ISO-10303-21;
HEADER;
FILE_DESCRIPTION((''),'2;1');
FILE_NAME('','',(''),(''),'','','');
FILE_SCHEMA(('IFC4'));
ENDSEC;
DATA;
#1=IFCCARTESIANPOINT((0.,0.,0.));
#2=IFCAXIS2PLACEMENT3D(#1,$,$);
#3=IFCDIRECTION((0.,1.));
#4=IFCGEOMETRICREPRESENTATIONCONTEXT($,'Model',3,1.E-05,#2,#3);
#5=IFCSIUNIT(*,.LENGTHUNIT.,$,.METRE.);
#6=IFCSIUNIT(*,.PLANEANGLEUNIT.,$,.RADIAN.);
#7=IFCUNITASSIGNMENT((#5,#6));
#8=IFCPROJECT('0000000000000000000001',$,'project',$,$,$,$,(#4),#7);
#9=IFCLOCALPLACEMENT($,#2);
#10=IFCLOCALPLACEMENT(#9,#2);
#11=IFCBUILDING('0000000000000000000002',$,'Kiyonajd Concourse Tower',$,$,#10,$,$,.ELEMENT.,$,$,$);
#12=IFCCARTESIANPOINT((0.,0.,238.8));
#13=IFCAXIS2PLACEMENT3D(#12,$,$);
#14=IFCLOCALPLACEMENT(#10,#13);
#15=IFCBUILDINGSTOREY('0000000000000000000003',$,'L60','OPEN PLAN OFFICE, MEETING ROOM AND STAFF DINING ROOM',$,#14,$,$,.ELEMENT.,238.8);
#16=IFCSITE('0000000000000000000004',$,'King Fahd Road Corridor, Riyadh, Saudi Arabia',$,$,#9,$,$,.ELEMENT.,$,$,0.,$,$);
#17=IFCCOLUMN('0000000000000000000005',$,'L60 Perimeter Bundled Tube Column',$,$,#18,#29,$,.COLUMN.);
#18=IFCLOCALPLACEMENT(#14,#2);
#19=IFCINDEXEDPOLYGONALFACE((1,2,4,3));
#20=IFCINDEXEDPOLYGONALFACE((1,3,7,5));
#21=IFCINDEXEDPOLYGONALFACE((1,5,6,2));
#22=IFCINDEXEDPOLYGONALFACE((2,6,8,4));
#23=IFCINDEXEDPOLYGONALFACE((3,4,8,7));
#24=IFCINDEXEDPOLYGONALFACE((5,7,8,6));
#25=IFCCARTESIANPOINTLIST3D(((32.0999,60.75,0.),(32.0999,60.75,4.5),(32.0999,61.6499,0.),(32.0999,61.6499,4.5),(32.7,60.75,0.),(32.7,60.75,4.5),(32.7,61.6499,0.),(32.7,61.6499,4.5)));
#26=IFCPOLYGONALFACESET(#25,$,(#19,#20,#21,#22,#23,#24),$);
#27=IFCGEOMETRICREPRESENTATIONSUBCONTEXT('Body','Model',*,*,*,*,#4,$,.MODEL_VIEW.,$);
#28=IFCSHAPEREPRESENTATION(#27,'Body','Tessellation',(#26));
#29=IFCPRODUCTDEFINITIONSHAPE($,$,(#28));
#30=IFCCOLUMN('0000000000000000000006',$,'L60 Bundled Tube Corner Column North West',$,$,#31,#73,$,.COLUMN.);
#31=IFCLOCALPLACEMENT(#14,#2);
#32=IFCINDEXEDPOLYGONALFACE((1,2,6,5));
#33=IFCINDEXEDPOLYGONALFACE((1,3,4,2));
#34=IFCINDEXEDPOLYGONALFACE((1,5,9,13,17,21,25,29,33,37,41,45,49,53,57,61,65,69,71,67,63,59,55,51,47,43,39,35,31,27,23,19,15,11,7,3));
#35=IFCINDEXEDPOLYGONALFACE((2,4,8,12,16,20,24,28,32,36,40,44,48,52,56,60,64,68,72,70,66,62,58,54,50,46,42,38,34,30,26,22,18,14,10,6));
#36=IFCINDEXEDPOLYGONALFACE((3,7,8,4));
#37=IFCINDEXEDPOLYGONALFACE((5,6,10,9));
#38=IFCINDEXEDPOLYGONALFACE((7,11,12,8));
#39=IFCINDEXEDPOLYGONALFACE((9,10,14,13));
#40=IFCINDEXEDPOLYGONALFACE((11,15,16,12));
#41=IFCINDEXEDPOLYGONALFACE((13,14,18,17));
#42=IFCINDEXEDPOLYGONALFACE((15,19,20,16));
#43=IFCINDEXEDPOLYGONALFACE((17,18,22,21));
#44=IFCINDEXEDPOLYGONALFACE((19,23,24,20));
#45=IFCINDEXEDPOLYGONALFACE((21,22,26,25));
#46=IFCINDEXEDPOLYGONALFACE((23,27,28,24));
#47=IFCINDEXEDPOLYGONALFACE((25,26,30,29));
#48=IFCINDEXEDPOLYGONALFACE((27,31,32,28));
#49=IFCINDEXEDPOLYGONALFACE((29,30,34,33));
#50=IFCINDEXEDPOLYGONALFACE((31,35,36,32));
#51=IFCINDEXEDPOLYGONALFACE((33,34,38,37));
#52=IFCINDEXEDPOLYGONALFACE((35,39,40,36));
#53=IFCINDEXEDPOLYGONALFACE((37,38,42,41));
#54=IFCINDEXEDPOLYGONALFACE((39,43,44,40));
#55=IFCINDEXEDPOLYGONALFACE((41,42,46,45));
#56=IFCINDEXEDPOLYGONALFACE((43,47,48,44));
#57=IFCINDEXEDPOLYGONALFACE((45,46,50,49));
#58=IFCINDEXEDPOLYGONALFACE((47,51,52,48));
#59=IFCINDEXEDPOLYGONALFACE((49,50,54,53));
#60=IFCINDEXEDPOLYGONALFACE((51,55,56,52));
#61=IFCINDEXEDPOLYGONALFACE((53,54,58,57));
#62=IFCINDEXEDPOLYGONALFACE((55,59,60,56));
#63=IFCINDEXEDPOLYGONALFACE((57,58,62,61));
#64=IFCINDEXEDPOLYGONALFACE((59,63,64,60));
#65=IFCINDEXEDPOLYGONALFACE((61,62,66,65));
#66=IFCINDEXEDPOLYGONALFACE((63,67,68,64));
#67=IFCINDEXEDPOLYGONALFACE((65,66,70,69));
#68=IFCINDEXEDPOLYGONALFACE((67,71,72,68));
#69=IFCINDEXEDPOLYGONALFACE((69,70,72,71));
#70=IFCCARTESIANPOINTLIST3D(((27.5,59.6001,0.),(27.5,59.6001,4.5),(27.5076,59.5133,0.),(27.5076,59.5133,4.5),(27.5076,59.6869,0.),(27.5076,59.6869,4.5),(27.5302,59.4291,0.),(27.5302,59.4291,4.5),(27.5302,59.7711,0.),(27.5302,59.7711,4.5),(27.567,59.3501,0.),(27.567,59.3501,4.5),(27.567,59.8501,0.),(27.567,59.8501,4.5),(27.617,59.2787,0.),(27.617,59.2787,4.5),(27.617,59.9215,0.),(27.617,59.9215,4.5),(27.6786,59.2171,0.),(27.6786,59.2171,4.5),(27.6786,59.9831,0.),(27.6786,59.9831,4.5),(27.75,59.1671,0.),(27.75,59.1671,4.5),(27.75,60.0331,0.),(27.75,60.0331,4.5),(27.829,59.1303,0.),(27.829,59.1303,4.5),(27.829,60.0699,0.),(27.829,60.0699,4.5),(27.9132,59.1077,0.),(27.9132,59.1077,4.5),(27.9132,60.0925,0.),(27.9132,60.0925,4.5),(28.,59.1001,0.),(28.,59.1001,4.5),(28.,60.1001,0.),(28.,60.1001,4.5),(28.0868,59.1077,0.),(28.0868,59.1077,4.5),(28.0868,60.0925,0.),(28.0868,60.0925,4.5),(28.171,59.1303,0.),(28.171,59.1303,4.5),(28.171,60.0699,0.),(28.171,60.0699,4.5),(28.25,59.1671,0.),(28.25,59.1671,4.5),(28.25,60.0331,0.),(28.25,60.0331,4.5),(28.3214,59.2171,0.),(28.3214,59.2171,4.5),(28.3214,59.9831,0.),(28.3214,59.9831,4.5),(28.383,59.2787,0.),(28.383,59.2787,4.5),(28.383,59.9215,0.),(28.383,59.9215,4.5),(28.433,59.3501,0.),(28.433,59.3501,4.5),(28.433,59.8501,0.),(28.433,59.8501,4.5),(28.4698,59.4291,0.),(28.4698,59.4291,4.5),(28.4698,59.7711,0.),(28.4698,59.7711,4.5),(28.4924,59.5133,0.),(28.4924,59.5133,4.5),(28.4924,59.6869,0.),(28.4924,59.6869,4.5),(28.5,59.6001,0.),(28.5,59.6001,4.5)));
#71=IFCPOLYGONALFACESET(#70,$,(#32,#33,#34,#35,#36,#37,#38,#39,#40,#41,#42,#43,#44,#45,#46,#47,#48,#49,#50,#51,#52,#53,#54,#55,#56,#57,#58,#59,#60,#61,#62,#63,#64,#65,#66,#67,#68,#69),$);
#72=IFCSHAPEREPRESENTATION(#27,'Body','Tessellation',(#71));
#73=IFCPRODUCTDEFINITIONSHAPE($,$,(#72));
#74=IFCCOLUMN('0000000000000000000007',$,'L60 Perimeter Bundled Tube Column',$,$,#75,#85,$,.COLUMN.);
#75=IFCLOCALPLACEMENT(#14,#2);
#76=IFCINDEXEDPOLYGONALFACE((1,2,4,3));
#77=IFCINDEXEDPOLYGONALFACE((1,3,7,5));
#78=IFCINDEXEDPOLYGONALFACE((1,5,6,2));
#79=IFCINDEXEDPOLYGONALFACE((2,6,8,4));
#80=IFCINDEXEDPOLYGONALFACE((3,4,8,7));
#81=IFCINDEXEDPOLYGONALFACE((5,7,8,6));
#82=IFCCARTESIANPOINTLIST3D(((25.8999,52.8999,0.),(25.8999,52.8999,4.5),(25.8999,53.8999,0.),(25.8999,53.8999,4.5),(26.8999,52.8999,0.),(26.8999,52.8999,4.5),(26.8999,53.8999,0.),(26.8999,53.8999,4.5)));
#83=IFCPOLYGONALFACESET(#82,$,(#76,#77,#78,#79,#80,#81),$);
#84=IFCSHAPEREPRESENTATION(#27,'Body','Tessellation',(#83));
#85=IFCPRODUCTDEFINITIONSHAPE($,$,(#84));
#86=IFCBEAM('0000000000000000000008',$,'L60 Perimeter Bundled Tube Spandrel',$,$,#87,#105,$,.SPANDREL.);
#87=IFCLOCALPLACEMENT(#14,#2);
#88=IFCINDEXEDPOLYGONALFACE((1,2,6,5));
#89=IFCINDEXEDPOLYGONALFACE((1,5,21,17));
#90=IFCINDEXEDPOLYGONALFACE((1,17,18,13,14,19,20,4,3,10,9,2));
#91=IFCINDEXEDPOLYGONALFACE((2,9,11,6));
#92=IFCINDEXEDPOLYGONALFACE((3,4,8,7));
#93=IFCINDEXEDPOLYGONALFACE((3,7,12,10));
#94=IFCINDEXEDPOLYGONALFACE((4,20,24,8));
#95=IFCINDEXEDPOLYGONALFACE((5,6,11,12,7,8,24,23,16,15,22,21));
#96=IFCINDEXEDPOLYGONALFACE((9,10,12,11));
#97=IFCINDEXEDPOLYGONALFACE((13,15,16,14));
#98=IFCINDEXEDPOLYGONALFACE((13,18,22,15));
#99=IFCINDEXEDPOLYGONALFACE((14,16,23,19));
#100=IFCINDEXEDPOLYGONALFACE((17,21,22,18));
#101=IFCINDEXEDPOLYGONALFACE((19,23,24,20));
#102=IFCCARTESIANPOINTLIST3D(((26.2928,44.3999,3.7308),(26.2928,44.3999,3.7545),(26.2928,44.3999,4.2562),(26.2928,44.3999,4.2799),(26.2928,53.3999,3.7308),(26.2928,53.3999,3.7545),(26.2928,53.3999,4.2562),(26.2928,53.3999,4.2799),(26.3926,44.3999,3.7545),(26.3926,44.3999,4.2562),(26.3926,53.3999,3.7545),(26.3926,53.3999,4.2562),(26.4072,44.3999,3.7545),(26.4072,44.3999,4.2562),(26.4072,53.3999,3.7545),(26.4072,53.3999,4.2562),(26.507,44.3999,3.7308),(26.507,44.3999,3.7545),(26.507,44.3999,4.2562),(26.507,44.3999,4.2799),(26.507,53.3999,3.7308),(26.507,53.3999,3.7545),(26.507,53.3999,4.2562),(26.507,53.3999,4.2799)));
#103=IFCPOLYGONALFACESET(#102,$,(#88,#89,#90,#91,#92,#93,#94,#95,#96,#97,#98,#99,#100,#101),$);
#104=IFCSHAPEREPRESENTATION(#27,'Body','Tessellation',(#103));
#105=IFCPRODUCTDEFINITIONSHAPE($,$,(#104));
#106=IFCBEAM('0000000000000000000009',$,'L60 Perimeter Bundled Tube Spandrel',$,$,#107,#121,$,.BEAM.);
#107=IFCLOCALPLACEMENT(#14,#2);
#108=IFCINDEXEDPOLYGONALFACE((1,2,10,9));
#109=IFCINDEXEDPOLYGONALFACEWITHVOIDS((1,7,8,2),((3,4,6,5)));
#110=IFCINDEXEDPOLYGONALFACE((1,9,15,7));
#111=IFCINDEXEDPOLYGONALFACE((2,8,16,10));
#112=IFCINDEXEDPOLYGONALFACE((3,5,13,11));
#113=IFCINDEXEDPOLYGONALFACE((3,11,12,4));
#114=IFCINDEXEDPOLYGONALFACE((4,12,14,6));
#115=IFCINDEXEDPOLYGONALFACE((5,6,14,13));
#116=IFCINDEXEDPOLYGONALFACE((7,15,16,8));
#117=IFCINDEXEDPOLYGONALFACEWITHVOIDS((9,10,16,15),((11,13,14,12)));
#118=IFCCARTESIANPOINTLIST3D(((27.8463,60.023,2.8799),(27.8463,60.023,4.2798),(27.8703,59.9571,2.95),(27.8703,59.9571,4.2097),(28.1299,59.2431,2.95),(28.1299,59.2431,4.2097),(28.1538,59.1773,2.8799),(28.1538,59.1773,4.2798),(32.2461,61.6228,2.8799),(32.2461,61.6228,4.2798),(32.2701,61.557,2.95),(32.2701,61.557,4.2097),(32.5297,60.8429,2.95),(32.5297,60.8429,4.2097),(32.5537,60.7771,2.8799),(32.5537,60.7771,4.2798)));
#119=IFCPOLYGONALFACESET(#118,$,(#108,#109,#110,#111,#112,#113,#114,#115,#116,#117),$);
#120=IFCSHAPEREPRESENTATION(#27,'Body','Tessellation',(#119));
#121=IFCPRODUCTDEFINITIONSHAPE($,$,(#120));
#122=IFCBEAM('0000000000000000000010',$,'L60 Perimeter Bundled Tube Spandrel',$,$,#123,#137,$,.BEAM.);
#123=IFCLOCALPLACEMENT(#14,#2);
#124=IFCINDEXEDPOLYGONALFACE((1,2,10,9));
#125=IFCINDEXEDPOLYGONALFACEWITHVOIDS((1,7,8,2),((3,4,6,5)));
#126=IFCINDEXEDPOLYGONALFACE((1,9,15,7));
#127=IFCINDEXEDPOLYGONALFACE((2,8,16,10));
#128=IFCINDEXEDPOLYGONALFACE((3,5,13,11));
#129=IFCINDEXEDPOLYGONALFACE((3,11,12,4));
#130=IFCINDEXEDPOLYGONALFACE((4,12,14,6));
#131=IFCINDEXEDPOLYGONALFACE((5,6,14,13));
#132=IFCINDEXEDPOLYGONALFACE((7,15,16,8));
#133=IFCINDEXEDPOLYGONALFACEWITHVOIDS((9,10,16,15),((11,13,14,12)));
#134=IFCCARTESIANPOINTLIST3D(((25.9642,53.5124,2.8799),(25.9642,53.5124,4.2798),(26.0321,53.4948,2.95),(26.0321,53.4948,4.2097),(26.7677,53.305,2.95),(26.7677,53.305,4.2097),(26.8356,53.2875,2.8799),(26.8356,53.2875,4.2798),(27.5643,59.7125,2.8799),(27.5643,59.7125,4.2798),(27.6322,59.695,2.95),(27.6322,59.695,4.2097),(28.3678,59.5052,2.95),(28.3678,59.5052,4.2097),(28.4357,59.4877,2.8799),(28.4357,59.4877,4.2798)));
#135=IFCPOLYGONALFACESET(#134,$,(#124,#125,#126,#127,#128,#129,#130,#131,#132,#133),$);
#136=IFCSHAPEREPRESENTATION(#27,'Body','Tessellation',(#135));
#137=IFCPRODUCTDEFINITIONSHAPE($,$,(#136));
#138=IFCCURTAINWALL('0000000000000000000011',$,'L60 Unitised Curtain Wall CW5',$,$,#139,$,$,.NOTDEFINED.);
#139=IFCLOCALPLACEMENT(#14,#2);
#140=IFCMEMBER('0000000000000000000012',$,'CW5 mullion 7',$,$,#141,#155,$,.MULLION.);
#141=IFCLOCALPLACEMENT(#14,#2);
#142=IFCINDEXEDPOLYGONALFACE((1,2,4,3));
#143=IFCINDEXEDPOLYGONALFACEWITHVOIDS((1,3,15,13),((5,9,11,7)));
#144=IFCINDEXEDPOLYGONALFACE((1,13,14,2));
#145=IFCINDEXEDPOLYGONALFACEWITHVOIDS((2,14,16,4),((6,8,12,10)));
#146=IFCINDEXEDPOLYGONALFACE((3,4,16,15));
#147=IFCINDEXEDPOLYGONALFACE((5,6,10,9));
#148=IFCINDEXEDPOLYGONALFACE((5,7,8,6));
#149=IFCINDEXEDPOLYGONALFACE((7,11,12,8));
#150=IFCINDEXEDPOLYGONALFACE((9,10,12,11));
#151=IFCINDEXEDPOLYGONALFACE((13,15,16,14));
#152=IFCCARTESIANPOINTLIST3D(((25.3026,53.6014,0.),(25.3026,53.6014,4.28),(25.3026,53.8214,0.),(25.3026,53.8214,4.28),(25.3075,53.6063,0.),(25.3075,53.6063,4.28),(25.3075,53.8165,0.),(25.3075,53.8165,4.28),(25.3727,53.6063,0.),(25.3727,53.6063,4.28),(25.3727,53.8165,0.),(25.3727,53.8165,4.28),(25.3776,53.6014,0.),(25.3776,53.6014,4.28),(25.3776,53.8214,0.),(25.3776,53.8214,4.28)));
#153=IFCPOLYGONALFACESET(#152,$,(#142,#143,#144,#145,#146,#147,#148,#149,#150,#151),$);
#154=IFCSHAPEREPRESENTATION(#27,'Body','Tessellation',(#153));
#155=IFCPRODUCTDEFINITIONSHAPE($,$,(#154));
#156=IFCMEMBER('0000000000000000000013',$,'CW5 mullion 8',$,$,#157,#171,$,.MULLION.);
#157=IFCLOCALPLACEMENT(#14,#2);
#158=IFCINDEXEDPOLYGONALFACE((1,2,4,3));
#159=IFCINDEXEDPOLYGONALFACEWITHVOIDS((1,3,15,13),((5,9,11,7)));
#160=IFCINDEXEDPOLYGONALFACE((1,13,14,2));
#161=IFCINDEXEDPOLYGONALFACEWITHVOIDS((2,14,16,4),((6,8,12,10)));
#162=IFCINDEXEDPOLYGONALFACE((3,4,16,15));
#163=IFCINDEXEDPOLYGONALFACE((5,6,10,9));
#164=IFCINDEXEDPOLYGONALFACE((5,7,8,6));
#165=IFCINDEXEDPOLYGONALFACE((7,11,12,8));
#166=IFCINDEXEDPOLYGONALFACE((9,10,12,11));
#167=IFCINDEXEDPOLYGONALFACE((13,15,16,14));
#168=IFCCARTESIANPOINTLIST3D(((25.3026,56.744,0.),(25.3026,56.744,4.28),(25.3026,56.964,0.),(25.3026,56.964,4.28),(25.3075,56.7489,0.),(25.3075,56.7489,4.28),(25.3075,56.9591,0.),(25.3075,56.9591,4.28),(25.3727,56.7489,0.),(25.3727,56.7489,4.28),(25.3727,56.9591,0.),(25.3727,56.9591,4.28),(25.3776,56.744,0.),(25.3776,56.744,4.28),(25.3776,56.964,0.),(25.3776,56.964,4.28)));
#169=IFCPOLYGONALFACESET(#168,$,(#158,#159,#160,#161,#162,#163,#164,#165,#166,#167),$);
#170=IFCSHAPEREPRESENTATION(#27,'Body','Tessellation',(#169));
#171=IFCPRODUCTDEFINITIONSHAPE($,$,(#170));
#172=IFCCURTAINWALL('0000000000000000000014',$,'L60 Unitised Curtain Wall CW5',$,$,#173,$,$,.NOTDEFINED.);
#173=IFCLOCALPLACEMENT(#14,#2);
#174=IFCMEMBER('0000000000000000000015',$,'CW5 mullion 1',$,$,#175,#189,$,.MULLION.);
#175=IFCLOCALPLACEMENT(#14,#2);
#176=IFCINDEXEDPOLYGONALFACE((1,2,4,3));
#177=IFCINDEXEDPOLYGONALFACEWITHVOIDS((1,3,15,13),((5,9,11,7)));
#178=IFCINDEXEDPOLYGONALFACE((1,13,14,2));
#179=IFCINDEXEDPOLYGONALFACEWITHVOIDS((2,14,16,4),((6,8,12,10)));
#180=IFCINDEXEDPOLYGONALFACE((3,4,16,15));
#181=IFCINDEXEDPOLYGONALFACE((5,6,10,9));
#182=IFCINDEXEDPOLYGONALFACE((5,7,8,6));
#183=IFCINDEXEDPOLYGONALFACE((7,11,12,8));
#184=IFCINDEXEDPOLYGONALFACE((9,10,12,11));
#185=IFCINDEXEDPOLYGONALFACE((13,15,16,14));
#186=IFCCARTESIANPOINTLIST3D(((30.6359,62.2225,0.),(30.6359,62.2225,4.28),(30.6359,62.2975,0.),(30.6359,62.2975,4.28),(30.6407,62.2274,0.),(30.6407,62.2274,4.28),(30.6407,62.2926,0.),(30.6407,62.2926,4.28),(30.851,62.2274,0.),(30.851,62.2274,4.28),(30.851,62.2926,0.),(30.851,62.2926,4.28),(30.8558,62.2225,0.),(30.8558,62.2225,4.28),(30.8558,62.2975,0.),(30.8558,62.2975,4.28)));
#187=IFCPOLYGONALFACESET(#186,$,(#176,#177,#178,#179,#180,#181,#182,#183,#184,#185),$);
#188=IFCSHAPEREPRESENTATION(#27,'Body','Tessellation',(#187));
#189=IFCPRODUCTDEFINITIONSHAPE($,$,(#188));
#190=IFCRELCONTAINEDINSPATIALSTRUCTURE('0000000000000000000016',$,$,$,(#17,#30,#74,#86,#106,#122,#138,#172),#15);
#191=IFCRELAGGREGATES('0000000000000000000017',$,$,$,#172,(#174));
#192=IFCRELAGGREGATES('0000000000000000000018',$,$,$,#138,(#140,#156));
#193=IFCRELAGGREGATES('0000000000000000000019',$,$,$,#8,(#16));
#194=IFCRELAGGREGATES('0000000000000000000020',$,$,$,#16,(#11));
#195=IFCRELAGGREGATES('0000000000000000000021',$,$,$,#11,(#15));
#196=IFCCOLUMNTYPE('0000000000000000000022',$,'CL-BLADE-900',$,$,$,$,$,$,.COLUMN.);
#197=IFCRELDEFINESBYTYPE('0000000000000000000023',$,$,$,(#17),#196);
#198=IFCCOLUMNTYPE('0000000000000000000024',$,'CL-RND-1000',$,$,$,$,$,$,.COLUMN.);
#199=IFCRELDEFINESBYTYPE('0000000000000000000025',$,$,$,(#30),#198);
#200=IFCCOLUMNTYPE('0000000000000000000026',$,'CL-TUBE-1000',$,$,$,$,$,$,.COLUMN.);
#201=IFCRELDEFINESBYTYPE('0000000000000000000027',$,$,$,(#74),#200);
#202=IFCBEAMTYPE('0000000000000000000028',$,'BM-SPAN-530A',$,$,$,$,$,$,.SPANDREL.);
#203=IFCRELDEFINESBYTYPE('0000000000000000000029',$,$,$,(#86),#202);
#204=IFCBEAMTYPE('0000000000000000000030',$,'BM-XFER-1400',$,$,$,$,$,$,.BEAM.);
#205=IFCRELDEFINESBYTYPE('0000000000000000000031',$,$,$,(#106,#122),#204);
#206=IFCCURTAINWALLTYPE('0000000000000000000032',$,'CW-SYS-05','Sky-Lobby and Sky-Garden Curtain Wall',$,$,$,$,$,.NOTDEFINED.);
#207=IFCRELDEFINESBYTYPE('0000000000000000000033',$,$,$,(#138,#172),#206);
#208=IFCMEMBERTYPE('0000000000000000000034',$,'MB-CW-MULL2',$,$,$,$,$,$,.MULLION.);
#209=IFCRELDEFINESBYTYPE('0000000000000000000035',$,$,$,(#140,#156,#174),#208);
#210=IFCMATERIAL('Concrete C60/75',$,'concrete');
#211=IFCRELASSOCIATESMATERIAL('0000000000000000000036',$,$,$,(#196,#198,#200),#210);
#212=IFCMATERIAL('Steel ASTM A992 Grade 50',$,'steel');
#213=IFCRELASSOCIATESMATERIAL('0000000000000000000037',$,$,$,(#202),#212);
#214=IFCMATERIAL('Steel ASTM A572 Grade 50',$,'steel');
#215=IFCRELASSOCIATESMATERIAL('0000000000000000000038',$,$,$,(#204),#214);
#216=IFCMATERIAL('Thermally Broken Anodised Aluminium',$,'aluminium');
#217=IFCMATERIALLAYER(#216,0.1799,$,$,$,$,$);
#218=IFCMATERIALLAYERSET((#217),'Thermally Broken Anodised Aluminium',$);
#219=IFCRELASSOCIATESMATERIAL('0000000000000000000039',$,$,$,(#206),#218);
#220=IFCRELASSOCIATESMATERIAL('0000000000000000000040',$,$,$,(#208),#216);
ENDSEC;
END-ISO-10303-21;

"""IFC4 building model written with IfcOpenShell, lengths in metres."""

from ifc_helpers import new_model, si_unit, direction, frame, origin, origin_2d, place, context, subcontext, project, spatial, rectangle, hollow_rectangle, circle, i_section, extrude, material, layer, layer_set, material_profile, profile_set, type_object, element, aggregate, save


model = new_model("IFC4")

# Units and contexts
model_context = context("Model", 3, precision=1e-05, world=origin(), true_north=direction((0.0, 1.0)))
body_context = subcontext(model_context, "Body", "Model", "MODEL_VIEW")
ifc_project = project(units=[si_unit("LENGTHUNIT", "METRE"), si_unit("PLANEANGLEUNIT", "RADIAN")], contexts=[model_context])

# Site, building, storey
site_placement = place(None, origin())
site = spatial("IfcSite", under=ifc_project, at=site_placement, Name="King Fahd Road Corridor, Riyadh, Saudi Arabia", CompositionType="ELEMENT", RefElevation=0.0)
building_placement = place(site_placement, origin())
building = spatial("IfcBuilding", under=site, at=building_placement, Name="Kiyonajd Concourse Tower", CompositionType="ELEMENT")
storey_placement = place(building_placement, frame((0.0, 0.0, 238.8)))
storey = spatial("IfcBuildingStorey", under=building, at=storey_placement, Name="L60", Description="OPEN PLAN OFFICE, MEETING ROOM AND STAFF DINING ROOM", CompositionType="ELEMENT", Elevation=238.8)

# Columns
ifc_material_1 = material(Name="Concrete C60/75", Category="concrete")
ifc_material_profile_1 = material_profile(ifc_material_1, rectangle(XDim=0.6001, YDim=0.8999, at=origin_2d()), Name="RC-900x600")
ifc_profile_set_1 = profile_set([ifc_material_profile_1], Name="Concrete C60/75")
column_type_1 = type_object("IfcColumnType", Name="CL-BLADE-900", PredefinedType="COLUMN", material=ifc_profile_set_1)
column_1_placement = place(storey_placement, frame((32.3999, 61.2, 0.0), z_axis=(0.0, 0.0, 1.0), x_axis=(1.0, 0.0, 0.0)))
element("IfcColumn", 1, at=column_1_placement, inside=storey, type_object=column_type_1, Name="L60 Perimeter Bundled Tube Column", PredefinedType="COLUMN", context=body_context, shape_type="SweptSolid", body=[
    extrude(rectangle(XDim=0.6001, YDim=0.8999, at=origin_2d()), origin(), (0.0, 0.0, 1.0), 4.5),
])
ifc_material_profile_2 = material_profile(ifc_material_1, circle(Radius=0.5, at=origin_2d()), Name="RCC-D1000")
ifc_profile_set_2 = profile_set([ifc_material_profile_2], Name="Concrete C60/75")
column_type_2 = type_object("IfcColumnType", Name="CL-RND-1000", PredefinedType="COLUMN", material=ifc_profile_set_2)
column_2_placement = place(storey_placement, frame((28.0, 59.6001, 0.0), z_axis=(0.0, 0.0, 1.0), x_axis=(1.0, 0.0, 0.0)))
element("IfcColumn", 2, at=column_2_placement, inside=storey, type_object=column_type_2, Name="L60 Bundled Tube Corner Column North West", PredefinedType="COLUMN", context=body_context, shape_type="SweptSolid", body=[
    extrude(circle(Radius=0.5, at=origin_2d()), origin(), (0.0, 0.0, 1.0), 4.5),
])
ifc_material_profile_3 = material_profile(ifc_material_1, rectangle(XDim=1.0, YDim=1.0, at=origin_2d()), Name="RC-1000x1000")
ifc_profile_set_3 = profile_set([ifc_material_profile_3], Name="Concrete C60/75")
column_type_3 = type_object("IfcColumnType", Name="CL-TUBE-1000", PredefinedType="COLUMN", material=ifc_profile_set_3)
column_3_placement = place(storey_placement, frame((26.3999, 53.3999, 0.0), z_axis=(0.0, 0.0, 1.0), x_axis=(1.0, 0.0, 0.0)))
element("IfcColumn", 3, at=column_3_placement, inside=storey, type_object=column_type_3, Name="L60 Perimeter Bundled Tube Column", PredefinedType="COLUMN", context=body_context, shape_type="SweptSolid", body=[
    extrude(rectangle(XDim=1.0, YDim=1.0, at=origin_2d()), origin(), (0.0, 0.0, 1.0), 4.5),
])

# Beams
ifc_material_2 = material(Name="Steel ASTM A992 Grade 50", Category="steel")
ifc_material_profile_4 = material_profile(ifc_material_2, i_section(OverallWidth=0.2141, OverallDepth=0.5491, WebThickness=0.0146, FlangeThickness=0.0237, at=origin_2d()), Name="W530X138")
ifc_profile_set_4 = profile_set([ifc_material_profile_4], Name="Steel ASTM A992 Grade 50")
beam_type_1 = type_object("IfcBeamType", Name="BM-SPAN-530A", PredefinedType="SPANDREL", material=ifc_profile_set_4)
beam_1_placement = place(storey_placement, frame((26.3999, 53.3999, 4.0054), z_axis=(0.0, -1.0, 0.0), x_axis=(1.0, 0.0, 0.0)))
element("IfcBeam", 4, at=beam_1_placement, inside=storey, type_object=beam_type_1, Name="L60 Perimeter Bundled Tube Spandrel", PredefinedType="SPANDREL", context=body_context, shape_type="SweptSolid", body=[
    extrude(i_section(OverallWidth=0.2141, OverallDepth=0.5491, WebThickness=0.0146, FlangeThickness=0.0237, at=origin_2d()), origin(), (0.0, 0.0, 1.0), 9.0),
])
ifc_material_3 = material(Name="Steel ASTM A572 Grade 50", Category="steel")
ifc_material_profile_5 = material_profile(ifc_material_3, hollow_rectangle(XDim=0.8999, YDim=1.3999, WallThickness=0.0701, at=origin_2d()), Name="BOX-1400x900x70")
ifc_profile_set_5 = profile_set([ifc_material_profile_5], Name="Steel ASTM A572 Grade 50")
beam_type_2 = type_object("IfcBeamType", Name="BM-XFER-1400", PredefinedType="BEAM", material=ifc_profile_set_5)
beam_2_placement = place(storey_placement, frame((32.3999, 61.2, 3.5798), z_axis=(-0.939801, -0.341722, 0.0), x_axis=(0.341722, -0.939801, 0.0)))
element("IfcBeam", 5, at=beam_2_placement, inside=storey, type_object=beam_type_2, Name="L60 Perimeter Bundled Tube Spandrel", PredefinedType="BEAM", context=body_context, shape_type="SweptSolid", body=[
    extrude(hollow_rectangle(XDim=0.8999, YDim=1.3999, WallThickness=0.0701, at=origin_2d()), origin(), (0.0, 0.0, 1.0), 4.6816),
])
beam_3_placement = place(storey_placement, frame((28.0, 59.6001, 3.5798), z_axis=(-0.249885, -0.968276, 0.0), x_axis=(0.968276, -0.249885, 0.0)))
element("IfcBeam", 6, at=beam_3_placement, inside=storey, type_object=beam_type_2, Name="L60 Perimeter Bundled Tube Spandrel", PredefinedType="BEAM", context=body_context, shape_type="SweptSolid", body=[
    extrude(hollow_rectangle(XDim=0.8999, YDim=1.3999, WallThickness=0.0701, at=origin_2d()), origin(), (0.0, 0.0, 1.0), 6.4033),
])

# Curtain wall, members
ifc_material_4 = material(Name="Thermally Broken Anodised Aluminium", Category="aluminium")
ifc_layer_1 = layer(ifc_material_4, 0.1799)
ifc_layer_set_1 = layer_set([ifc_layer_1], Name="Thermally Broken Anodised Aluminium")
curtain_wall_type = type_object("IfcCurtainWallType", Name="CW-SYS-05", Description="Sky-Lobby and Sky-Garden Curtain Wall", PredefinedType="NOTDEFINED", material=ifc_layer_set_1)
curtain_wall_1_placement = place(storey_placement, origin())
curtain_wall_1 = element("IfcCurtainWall", 7, at=curtain_wall_1_placement, inside=storey, type_object=curtain_wall_type, Name="L60 Unitised Curtain Wall CW5", PredefinedType="NOTDEFINED")
ifc_material_profile_6 = material_profile(ifc_material_4, hollow_rectangle(XDim=0.075, YDim=0.22, WallThickness=0.0049, at=origin_2d()), Name="MULL-75x220")
ifc_profile_set_6 = profile_set([ifc_material_profile_6], Name="Thermally Broken Anodised Aluminium")
member_type_1 = type_object("IfcMemberType", Name="MB-CW-MULL2", PredefinedType="MULLION", material=ifc_profile_set_6)
member_1_placement = place(storey_placement, frame((25.3401, 53.7114, 0.0), z_axis=(0.0, 0.0, 1.0), x_axis=(-1.0, 0.0, 0.0)))
member_1 = element("IfcMember", 8, at=member_1_placement, type_object=member_type_1, Name="CW5 mullion 7", PredefinedType="MULLION", context=body_context, shape_type="SweptSolid", body=[
    extrude(hollow_rectangle(XDim=0.075, YDim=0.22, WallThickness=0.0049, at=origin_2d()), origin(), (0.0, 0.0, 1.0), 4.28),
])
member_2_placement = place(storey_placement, frame((25.3401, 56.854, 0.0), z_axis=(0.0, 0.0, 1.0), x_axis=(-1.0, 0.0, 0.0)))
member_2 = element("IfcMember", 9, at=member_2_placement, type_object=member_type_1, Name="CW5 mullion 8", PredefinedType="MULLION", context=body_context, shape_type="SweptSolid", body=[
    extrude(hollow_rectangle(XDim=0.075, YDim=0.22, WallThickness=0.0049, at=origin_2d()), origin(), (0.0, 0.0, 1.0), 4.28),
])

# Curtain wall, member
curtain_wall_2_placement = place(storey_placement, origin())
curtain_wall_2 = element("IfcCurtainWall", 10, at=curtain_wall_2_placement, inside=storey, type_object=curtain_wall_type, Name="L60 Unitised Curtain Wall CW5", PredefinedType="NOTDEFINED")
member_3_placement = place(storey_placement, frame((30.7458, 62.26, 0.0), z_axis=(0.0, 0.0, 1.0), x_axis=(0.0, 1.0, 0.0)))
member_3 = element("IfcMember", 11, at=member_3_placement, type_object=member_type_1, Name="CW5 mullion 1", PredefinedType="MULLION", context=body_context, shape_type="SweptSolid", body=[
    extrude(hollow_rectangle(XDim=0.075, YDim=0.22, WallThickness=0.0049, at=origin_2d()), origin(), (0.0, 0.0, 1.0), 4.28),
])

aggregate(curtain_wall_2, [member_3])

aggregate(curtain_wall_1, [member_1, member_2])

save(model, "model.ifc")
